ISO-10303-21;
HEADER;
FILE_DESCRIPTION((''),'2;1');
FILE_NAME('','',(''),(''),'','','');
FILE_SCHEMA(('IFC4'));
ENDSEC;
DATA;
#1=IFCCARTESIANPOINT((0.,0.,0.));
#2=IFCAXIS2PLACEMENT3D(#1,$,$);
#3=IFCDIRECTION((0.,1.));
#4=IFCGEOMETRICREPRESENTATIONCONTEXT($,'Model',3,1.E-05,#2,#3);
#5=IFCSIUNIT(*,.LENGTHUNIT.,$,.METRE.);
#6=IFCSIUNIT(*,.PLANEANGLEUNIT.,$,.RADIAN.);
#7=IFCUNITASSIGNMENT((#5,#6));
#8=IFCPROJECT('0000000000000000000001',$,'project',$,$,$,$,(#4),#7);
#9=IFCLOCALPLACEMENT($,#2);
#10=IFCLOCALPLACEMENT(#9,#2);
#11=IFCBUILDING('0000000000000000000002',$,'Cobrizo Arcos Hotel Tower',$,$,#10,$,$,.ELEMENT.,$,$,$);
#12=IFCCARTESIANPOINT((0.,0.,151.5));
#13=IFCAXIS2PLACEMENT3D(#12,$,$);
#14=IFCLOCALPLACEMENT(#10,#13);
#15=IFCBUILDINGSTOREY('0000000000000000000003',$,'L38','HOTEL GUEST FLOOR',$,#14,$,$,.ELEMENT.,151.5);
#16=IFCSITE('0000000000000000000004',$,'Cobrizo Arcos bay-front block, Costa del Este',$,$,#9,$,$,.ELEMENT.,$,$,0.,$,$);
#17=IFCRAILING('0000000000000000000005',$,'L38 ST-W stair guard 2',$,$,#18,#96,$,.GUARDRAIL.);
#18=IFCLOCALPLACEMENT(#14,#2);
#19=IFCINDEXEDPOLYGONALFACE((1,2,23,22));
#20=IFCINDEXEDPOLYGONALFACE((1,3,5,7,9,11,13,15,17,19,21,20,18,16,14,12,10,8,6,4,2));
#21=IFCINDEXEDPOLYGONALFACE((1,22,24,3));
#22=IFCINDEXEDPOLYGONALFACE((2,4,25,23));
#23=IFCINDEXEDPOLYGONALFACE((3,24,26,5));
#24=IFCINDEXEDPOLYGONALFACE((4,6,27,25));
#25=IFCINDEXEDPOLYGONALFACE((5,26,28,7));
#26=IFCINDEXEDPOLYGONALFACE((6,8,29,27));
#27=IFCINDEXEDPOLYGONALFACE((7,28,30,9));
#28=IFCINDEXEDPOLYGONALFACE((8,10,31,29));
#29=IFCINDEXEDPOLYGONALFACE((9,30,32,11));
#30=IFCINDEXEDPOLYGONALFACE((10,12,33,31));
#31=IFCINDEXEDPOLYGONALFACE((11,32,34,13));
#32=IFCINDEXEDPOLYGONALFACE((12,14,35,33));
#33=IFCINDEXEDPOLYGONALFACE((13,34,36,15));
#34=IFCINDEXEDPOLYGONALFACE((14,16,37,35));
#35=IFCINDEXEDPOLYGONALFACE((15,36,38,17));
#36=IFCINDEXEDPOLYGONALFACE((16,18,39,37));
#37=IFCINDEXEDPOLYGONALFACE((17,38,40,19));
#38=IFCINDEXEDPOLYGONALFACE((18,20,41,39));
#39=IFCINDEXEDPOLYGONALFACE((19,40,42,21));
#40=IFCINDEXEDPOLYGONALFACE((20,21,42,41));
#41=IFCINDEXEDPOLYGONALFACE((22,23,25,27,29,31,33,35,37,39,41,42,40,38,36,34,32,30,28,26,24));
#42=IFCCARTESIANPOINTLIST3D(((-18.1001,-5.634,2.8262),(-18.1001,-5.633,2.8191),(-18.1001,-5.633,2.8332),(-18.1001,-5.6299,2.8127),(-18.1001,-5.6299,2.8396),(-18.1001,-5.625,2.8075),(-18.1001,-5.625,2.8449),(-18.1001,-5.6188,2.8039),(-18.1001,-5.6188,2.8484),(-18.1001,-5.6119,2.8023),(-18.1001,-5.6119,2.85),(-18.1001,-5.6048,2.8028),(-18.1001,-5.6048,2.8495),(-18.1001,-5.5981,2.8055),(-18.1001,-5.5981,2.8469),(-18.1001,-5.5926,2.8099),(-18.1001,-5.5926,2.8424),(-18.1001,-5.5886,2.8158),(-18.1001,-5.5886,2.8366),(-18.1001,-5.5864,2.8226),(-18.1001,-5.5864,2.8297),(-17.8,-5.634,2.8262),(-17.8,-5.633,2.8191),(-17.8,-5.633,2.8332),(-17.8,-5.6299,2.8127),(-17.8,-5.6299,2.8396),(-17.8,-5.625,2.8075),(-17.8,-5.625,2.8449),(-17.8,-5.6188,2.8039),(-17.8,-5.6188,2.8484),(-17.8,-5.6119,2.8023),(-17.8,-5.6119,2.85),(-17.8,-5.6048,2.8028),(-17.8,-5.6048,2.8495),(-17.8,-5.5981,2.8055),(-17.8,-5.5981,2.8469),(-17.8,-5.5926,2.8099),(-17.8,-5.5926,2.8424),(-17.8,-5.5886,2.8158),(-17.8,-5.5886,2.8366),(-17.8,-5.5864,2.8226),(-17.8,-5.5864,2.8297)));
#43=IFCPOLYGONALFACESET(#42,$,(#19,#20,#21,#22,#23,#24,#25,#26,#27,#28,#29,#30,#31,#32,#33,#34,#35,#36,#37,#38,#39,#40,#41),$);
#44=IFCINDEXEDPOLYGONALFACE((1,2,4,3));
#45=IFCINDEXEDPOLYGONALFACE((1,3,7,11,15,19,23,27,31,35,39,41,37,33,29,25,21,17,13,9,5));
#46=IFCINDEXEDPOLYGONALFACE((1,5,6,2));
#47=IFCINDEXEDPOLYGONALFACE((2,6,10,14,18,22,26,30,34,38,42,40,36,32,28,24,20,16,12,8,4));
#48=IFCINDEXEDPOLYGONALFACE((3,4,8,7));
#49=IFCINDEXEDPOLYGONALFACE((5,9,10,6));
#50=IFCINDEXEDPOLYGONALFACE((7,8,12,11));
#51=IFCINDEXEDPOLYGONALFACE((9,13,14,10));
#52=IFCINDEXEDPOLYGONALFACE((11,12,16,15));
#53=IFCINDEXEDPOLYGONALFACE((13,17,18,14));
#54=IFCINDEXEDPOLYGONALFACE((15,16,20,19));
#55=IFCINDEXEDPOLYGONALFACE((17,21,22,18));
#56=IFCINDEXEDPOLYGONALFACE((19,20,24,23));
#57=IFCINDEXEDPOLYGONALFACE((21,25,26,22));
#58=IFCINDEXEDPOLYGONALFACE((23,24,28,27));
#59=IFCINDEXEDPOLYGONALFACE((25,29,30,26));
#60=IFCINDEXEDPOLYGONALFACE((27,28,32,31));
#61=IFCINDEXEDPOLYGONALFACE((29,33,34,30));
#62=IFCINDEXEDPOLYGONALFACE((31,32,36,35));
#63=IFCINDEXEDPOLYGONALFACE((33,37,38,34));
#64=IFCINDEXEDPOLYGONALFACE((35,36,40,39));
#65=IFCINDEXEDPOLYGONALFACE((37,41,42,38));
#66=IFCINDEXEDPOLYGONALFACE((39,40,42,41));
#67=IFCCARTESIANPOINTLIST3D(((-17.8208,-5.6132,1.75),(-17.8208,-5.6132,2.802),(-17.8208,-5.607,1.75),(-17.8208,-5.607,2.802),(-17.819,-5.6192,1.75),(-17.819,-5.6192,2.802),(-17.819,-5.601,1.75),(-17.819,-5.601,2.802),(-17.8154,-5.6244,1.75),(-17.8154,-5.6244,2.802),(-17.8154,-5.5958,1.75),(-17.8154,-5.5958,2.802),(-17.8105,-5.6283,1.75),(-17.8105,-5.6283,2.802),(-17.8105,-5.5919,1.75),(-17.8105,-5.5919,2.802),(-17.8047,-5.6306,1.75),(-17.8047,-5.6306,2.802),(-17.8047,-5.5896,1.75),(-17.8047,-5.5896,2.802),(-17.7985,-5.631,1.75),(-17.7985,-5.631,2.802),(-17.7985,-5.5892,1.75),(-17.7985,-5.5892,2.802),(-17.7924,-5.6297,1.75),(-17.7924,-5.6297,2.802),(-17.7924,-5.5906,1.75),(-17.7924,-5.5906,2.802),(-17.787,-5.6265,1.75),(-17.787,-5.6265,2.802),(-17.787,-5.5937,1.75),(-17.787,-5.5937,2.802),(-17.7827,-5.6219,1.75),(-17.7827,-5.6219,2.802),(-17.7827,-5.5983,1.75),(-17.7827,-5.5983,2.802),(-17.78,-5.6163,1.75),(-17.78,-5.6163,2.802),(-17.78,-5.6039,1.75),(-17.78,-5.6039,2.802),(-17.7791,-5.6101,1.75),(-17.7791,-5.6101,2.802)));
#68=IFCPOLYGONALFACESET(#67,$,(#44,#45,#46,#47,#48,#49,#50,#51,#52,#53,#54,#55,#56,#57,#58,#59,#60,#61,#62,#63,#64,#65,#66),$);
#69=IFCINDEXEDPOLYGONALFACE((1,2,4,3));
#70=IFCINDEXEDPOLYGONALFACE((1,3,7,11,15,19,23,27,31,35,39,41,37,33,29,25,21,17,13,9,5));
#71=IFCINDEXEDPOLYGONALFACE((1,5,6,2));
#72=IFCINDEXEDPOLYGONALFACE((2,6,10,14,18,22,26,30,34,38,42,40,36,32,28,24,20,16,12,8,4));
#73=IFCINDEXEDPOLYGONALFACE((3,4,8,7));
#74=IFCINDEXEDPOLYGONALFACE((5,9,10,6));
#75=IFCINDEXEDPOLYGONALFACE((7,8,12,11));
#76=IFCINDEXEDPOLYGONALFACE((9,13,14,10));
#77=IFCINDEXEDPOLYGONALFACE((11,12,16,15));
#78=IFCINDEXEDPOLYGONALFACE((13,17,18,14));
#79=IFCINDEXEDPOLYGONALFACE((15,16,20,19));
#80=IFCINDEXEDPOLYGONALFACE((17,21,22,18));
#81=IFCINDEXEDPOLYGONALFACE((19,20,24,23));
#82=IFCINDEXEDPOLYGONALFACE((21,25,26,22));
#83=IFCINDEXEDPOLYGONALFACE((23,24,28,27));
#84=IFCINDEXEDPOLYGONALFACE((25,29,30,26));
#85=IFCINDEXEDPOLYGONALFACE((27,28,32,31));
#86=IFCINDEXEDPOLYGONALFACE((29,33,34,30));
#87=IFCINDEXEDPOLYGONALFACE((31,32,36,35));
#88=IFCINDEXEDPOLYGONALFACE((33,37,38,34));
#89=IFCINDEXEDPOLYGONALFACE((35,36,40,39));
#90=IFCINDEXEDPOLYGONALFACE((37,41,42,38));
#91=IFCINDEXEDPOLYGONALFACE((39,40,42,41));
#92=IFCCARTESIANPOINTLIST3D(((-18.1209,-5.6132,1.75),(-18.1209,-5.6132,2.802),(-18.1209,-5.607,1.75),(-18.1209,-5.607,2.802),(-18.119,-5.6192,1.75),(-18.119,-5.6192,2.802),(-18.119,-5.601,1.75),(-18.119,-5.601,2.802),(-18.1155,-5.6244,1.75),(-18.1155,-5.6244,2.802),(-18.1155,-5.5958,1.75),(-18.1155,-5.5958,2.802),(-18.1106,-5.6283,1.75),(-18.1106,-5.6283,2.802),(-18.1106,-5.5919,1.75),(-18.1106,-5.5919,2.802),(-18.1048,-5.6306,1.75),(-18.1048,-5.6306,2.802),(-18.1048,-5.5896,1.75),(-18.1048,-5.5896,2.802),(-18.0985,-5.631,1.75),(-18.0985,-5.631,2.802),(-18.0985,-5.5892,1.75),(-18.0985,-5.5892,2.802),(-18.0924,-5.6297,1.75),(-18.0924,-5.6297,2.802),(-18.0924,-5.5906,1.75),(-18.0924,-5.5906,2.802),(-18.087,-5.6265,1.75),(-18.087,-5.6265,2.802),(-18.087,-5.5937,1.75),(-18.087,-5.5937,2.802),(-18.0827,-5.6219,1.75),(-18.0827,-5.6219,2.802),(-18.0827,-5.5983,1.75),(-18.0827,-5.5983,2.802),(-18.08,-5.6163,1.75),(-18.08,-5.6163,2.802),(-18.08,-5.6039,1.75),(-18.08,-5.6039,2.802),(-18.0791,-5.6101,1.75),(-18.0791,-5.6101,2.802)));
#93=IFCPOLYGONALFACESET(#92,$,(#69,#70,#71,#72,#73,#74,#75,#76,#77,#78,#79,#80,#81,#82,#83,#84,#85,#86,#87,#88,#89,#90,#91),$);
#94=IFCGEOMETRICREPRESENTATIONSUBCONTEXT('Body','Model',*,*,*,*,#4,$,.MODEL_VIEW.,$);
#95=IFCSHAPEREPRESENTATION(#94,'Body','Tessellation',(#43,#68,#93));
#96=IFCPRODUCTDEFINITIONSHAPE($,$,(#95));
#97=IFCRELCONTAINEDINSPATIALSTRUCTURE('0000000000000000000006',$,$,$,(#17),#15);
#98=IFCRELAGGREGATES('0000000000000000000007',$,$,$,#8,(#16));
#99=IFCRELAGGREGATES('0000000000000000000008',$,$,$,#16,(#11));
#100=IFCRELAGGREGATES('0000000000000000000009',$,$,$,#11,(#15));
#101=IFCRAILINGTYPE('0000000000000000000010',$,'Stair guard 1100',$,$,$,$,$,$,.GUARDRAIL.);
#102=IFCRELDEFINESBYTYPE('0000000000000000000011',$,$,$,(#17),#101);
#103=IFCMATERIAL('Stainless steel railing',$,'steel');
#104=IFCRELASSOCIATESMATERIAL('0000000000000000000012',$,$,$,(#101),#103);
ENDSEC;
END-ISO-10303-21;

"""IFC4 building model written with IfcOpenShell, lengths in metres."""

from ifc_helpers import new_model, si_unit, direction, frame, origin, origin_2d, place, context, subcontext, project, spatial, circle, extrude, material, type_object, element, save


model = new_model("IFC4")

# Units and contexts
model_context = context("Model", 3, precision=1e-05, world=origin(), true_north=direction((0.0, 1.0)))
body_context = subcontext(model_context, "Body", "Model", "MODEL_VIEW")
ifc_project = project(units=[si_unit("LENGTHUNIT", "METRE"), si_unit("PLANEANGLEUNIT", "RADIAN")], contexts=[model_context])

# Site, building, storey
site_placement = place(None, origin())
site = spatial("IfcSite", under=ifc_project, at=site_placement, Name="Cobrizo Arcos bay-front block, Costa del Este", CompositionType="ELEMENT", RefElevation=0.0)
building_placement = place(site_placement, origin())
building = spatial("IfcBuilding", under=site, at=building_placement, Name="Cobrizo Arcos Hotel Tower", CompositionType="ELEMENT")
storey_placement = place(building_placement, frame((0.0, 0.0, 151.5)))
storey = spatial("IfcBuildingStorey", under=building, at=storey_placement, Name="L38", Description="HOTEL GUEST FLOOR", CompositionType="ELEMENT", Elevation=151.5)

# Railing
ifc_material_1 = material(Name="Stainless steel railing", Category="steel")
railing_type_1 = type_object("IfcRailingType", Name="Stair guard 1100", PredefinedType="GUARDRAIL", material=ifc_material_1)
railing_1_placement = place(storey_placement, frame((-17.8, -5.6101, 1.75)))
element("IfcRailing", 1, at=railing_1_placement, inside=storey, type_object=railing_type_1, Name="L38 ST-W stair guard 2", PredefinedType="GUARDRAIL", context=body_context, shape_type="SweptSolid", body=[
    extrude(circle(Radius=0.0239, at=origin_2d()), frame((0.0, 0.0, 1.0762), z_axis=(-1.0, 0.0, 0.0), x_axis=(0.0, -1.0, 0.0)), (0.0, 0.0, 1.0), 0.3),
    extrude(circle(Radius=0.021, at=origin_2d()), origin(), (0.0, 0.0, 1.0), 1.052),
    extrude(circle(Radius=0.021, at=origin_2d()), frame((-0.3, 0.0, 0.0)), (0.0, 0.0, 1.0), 1.052),
])

save(model, "model.ifc")
